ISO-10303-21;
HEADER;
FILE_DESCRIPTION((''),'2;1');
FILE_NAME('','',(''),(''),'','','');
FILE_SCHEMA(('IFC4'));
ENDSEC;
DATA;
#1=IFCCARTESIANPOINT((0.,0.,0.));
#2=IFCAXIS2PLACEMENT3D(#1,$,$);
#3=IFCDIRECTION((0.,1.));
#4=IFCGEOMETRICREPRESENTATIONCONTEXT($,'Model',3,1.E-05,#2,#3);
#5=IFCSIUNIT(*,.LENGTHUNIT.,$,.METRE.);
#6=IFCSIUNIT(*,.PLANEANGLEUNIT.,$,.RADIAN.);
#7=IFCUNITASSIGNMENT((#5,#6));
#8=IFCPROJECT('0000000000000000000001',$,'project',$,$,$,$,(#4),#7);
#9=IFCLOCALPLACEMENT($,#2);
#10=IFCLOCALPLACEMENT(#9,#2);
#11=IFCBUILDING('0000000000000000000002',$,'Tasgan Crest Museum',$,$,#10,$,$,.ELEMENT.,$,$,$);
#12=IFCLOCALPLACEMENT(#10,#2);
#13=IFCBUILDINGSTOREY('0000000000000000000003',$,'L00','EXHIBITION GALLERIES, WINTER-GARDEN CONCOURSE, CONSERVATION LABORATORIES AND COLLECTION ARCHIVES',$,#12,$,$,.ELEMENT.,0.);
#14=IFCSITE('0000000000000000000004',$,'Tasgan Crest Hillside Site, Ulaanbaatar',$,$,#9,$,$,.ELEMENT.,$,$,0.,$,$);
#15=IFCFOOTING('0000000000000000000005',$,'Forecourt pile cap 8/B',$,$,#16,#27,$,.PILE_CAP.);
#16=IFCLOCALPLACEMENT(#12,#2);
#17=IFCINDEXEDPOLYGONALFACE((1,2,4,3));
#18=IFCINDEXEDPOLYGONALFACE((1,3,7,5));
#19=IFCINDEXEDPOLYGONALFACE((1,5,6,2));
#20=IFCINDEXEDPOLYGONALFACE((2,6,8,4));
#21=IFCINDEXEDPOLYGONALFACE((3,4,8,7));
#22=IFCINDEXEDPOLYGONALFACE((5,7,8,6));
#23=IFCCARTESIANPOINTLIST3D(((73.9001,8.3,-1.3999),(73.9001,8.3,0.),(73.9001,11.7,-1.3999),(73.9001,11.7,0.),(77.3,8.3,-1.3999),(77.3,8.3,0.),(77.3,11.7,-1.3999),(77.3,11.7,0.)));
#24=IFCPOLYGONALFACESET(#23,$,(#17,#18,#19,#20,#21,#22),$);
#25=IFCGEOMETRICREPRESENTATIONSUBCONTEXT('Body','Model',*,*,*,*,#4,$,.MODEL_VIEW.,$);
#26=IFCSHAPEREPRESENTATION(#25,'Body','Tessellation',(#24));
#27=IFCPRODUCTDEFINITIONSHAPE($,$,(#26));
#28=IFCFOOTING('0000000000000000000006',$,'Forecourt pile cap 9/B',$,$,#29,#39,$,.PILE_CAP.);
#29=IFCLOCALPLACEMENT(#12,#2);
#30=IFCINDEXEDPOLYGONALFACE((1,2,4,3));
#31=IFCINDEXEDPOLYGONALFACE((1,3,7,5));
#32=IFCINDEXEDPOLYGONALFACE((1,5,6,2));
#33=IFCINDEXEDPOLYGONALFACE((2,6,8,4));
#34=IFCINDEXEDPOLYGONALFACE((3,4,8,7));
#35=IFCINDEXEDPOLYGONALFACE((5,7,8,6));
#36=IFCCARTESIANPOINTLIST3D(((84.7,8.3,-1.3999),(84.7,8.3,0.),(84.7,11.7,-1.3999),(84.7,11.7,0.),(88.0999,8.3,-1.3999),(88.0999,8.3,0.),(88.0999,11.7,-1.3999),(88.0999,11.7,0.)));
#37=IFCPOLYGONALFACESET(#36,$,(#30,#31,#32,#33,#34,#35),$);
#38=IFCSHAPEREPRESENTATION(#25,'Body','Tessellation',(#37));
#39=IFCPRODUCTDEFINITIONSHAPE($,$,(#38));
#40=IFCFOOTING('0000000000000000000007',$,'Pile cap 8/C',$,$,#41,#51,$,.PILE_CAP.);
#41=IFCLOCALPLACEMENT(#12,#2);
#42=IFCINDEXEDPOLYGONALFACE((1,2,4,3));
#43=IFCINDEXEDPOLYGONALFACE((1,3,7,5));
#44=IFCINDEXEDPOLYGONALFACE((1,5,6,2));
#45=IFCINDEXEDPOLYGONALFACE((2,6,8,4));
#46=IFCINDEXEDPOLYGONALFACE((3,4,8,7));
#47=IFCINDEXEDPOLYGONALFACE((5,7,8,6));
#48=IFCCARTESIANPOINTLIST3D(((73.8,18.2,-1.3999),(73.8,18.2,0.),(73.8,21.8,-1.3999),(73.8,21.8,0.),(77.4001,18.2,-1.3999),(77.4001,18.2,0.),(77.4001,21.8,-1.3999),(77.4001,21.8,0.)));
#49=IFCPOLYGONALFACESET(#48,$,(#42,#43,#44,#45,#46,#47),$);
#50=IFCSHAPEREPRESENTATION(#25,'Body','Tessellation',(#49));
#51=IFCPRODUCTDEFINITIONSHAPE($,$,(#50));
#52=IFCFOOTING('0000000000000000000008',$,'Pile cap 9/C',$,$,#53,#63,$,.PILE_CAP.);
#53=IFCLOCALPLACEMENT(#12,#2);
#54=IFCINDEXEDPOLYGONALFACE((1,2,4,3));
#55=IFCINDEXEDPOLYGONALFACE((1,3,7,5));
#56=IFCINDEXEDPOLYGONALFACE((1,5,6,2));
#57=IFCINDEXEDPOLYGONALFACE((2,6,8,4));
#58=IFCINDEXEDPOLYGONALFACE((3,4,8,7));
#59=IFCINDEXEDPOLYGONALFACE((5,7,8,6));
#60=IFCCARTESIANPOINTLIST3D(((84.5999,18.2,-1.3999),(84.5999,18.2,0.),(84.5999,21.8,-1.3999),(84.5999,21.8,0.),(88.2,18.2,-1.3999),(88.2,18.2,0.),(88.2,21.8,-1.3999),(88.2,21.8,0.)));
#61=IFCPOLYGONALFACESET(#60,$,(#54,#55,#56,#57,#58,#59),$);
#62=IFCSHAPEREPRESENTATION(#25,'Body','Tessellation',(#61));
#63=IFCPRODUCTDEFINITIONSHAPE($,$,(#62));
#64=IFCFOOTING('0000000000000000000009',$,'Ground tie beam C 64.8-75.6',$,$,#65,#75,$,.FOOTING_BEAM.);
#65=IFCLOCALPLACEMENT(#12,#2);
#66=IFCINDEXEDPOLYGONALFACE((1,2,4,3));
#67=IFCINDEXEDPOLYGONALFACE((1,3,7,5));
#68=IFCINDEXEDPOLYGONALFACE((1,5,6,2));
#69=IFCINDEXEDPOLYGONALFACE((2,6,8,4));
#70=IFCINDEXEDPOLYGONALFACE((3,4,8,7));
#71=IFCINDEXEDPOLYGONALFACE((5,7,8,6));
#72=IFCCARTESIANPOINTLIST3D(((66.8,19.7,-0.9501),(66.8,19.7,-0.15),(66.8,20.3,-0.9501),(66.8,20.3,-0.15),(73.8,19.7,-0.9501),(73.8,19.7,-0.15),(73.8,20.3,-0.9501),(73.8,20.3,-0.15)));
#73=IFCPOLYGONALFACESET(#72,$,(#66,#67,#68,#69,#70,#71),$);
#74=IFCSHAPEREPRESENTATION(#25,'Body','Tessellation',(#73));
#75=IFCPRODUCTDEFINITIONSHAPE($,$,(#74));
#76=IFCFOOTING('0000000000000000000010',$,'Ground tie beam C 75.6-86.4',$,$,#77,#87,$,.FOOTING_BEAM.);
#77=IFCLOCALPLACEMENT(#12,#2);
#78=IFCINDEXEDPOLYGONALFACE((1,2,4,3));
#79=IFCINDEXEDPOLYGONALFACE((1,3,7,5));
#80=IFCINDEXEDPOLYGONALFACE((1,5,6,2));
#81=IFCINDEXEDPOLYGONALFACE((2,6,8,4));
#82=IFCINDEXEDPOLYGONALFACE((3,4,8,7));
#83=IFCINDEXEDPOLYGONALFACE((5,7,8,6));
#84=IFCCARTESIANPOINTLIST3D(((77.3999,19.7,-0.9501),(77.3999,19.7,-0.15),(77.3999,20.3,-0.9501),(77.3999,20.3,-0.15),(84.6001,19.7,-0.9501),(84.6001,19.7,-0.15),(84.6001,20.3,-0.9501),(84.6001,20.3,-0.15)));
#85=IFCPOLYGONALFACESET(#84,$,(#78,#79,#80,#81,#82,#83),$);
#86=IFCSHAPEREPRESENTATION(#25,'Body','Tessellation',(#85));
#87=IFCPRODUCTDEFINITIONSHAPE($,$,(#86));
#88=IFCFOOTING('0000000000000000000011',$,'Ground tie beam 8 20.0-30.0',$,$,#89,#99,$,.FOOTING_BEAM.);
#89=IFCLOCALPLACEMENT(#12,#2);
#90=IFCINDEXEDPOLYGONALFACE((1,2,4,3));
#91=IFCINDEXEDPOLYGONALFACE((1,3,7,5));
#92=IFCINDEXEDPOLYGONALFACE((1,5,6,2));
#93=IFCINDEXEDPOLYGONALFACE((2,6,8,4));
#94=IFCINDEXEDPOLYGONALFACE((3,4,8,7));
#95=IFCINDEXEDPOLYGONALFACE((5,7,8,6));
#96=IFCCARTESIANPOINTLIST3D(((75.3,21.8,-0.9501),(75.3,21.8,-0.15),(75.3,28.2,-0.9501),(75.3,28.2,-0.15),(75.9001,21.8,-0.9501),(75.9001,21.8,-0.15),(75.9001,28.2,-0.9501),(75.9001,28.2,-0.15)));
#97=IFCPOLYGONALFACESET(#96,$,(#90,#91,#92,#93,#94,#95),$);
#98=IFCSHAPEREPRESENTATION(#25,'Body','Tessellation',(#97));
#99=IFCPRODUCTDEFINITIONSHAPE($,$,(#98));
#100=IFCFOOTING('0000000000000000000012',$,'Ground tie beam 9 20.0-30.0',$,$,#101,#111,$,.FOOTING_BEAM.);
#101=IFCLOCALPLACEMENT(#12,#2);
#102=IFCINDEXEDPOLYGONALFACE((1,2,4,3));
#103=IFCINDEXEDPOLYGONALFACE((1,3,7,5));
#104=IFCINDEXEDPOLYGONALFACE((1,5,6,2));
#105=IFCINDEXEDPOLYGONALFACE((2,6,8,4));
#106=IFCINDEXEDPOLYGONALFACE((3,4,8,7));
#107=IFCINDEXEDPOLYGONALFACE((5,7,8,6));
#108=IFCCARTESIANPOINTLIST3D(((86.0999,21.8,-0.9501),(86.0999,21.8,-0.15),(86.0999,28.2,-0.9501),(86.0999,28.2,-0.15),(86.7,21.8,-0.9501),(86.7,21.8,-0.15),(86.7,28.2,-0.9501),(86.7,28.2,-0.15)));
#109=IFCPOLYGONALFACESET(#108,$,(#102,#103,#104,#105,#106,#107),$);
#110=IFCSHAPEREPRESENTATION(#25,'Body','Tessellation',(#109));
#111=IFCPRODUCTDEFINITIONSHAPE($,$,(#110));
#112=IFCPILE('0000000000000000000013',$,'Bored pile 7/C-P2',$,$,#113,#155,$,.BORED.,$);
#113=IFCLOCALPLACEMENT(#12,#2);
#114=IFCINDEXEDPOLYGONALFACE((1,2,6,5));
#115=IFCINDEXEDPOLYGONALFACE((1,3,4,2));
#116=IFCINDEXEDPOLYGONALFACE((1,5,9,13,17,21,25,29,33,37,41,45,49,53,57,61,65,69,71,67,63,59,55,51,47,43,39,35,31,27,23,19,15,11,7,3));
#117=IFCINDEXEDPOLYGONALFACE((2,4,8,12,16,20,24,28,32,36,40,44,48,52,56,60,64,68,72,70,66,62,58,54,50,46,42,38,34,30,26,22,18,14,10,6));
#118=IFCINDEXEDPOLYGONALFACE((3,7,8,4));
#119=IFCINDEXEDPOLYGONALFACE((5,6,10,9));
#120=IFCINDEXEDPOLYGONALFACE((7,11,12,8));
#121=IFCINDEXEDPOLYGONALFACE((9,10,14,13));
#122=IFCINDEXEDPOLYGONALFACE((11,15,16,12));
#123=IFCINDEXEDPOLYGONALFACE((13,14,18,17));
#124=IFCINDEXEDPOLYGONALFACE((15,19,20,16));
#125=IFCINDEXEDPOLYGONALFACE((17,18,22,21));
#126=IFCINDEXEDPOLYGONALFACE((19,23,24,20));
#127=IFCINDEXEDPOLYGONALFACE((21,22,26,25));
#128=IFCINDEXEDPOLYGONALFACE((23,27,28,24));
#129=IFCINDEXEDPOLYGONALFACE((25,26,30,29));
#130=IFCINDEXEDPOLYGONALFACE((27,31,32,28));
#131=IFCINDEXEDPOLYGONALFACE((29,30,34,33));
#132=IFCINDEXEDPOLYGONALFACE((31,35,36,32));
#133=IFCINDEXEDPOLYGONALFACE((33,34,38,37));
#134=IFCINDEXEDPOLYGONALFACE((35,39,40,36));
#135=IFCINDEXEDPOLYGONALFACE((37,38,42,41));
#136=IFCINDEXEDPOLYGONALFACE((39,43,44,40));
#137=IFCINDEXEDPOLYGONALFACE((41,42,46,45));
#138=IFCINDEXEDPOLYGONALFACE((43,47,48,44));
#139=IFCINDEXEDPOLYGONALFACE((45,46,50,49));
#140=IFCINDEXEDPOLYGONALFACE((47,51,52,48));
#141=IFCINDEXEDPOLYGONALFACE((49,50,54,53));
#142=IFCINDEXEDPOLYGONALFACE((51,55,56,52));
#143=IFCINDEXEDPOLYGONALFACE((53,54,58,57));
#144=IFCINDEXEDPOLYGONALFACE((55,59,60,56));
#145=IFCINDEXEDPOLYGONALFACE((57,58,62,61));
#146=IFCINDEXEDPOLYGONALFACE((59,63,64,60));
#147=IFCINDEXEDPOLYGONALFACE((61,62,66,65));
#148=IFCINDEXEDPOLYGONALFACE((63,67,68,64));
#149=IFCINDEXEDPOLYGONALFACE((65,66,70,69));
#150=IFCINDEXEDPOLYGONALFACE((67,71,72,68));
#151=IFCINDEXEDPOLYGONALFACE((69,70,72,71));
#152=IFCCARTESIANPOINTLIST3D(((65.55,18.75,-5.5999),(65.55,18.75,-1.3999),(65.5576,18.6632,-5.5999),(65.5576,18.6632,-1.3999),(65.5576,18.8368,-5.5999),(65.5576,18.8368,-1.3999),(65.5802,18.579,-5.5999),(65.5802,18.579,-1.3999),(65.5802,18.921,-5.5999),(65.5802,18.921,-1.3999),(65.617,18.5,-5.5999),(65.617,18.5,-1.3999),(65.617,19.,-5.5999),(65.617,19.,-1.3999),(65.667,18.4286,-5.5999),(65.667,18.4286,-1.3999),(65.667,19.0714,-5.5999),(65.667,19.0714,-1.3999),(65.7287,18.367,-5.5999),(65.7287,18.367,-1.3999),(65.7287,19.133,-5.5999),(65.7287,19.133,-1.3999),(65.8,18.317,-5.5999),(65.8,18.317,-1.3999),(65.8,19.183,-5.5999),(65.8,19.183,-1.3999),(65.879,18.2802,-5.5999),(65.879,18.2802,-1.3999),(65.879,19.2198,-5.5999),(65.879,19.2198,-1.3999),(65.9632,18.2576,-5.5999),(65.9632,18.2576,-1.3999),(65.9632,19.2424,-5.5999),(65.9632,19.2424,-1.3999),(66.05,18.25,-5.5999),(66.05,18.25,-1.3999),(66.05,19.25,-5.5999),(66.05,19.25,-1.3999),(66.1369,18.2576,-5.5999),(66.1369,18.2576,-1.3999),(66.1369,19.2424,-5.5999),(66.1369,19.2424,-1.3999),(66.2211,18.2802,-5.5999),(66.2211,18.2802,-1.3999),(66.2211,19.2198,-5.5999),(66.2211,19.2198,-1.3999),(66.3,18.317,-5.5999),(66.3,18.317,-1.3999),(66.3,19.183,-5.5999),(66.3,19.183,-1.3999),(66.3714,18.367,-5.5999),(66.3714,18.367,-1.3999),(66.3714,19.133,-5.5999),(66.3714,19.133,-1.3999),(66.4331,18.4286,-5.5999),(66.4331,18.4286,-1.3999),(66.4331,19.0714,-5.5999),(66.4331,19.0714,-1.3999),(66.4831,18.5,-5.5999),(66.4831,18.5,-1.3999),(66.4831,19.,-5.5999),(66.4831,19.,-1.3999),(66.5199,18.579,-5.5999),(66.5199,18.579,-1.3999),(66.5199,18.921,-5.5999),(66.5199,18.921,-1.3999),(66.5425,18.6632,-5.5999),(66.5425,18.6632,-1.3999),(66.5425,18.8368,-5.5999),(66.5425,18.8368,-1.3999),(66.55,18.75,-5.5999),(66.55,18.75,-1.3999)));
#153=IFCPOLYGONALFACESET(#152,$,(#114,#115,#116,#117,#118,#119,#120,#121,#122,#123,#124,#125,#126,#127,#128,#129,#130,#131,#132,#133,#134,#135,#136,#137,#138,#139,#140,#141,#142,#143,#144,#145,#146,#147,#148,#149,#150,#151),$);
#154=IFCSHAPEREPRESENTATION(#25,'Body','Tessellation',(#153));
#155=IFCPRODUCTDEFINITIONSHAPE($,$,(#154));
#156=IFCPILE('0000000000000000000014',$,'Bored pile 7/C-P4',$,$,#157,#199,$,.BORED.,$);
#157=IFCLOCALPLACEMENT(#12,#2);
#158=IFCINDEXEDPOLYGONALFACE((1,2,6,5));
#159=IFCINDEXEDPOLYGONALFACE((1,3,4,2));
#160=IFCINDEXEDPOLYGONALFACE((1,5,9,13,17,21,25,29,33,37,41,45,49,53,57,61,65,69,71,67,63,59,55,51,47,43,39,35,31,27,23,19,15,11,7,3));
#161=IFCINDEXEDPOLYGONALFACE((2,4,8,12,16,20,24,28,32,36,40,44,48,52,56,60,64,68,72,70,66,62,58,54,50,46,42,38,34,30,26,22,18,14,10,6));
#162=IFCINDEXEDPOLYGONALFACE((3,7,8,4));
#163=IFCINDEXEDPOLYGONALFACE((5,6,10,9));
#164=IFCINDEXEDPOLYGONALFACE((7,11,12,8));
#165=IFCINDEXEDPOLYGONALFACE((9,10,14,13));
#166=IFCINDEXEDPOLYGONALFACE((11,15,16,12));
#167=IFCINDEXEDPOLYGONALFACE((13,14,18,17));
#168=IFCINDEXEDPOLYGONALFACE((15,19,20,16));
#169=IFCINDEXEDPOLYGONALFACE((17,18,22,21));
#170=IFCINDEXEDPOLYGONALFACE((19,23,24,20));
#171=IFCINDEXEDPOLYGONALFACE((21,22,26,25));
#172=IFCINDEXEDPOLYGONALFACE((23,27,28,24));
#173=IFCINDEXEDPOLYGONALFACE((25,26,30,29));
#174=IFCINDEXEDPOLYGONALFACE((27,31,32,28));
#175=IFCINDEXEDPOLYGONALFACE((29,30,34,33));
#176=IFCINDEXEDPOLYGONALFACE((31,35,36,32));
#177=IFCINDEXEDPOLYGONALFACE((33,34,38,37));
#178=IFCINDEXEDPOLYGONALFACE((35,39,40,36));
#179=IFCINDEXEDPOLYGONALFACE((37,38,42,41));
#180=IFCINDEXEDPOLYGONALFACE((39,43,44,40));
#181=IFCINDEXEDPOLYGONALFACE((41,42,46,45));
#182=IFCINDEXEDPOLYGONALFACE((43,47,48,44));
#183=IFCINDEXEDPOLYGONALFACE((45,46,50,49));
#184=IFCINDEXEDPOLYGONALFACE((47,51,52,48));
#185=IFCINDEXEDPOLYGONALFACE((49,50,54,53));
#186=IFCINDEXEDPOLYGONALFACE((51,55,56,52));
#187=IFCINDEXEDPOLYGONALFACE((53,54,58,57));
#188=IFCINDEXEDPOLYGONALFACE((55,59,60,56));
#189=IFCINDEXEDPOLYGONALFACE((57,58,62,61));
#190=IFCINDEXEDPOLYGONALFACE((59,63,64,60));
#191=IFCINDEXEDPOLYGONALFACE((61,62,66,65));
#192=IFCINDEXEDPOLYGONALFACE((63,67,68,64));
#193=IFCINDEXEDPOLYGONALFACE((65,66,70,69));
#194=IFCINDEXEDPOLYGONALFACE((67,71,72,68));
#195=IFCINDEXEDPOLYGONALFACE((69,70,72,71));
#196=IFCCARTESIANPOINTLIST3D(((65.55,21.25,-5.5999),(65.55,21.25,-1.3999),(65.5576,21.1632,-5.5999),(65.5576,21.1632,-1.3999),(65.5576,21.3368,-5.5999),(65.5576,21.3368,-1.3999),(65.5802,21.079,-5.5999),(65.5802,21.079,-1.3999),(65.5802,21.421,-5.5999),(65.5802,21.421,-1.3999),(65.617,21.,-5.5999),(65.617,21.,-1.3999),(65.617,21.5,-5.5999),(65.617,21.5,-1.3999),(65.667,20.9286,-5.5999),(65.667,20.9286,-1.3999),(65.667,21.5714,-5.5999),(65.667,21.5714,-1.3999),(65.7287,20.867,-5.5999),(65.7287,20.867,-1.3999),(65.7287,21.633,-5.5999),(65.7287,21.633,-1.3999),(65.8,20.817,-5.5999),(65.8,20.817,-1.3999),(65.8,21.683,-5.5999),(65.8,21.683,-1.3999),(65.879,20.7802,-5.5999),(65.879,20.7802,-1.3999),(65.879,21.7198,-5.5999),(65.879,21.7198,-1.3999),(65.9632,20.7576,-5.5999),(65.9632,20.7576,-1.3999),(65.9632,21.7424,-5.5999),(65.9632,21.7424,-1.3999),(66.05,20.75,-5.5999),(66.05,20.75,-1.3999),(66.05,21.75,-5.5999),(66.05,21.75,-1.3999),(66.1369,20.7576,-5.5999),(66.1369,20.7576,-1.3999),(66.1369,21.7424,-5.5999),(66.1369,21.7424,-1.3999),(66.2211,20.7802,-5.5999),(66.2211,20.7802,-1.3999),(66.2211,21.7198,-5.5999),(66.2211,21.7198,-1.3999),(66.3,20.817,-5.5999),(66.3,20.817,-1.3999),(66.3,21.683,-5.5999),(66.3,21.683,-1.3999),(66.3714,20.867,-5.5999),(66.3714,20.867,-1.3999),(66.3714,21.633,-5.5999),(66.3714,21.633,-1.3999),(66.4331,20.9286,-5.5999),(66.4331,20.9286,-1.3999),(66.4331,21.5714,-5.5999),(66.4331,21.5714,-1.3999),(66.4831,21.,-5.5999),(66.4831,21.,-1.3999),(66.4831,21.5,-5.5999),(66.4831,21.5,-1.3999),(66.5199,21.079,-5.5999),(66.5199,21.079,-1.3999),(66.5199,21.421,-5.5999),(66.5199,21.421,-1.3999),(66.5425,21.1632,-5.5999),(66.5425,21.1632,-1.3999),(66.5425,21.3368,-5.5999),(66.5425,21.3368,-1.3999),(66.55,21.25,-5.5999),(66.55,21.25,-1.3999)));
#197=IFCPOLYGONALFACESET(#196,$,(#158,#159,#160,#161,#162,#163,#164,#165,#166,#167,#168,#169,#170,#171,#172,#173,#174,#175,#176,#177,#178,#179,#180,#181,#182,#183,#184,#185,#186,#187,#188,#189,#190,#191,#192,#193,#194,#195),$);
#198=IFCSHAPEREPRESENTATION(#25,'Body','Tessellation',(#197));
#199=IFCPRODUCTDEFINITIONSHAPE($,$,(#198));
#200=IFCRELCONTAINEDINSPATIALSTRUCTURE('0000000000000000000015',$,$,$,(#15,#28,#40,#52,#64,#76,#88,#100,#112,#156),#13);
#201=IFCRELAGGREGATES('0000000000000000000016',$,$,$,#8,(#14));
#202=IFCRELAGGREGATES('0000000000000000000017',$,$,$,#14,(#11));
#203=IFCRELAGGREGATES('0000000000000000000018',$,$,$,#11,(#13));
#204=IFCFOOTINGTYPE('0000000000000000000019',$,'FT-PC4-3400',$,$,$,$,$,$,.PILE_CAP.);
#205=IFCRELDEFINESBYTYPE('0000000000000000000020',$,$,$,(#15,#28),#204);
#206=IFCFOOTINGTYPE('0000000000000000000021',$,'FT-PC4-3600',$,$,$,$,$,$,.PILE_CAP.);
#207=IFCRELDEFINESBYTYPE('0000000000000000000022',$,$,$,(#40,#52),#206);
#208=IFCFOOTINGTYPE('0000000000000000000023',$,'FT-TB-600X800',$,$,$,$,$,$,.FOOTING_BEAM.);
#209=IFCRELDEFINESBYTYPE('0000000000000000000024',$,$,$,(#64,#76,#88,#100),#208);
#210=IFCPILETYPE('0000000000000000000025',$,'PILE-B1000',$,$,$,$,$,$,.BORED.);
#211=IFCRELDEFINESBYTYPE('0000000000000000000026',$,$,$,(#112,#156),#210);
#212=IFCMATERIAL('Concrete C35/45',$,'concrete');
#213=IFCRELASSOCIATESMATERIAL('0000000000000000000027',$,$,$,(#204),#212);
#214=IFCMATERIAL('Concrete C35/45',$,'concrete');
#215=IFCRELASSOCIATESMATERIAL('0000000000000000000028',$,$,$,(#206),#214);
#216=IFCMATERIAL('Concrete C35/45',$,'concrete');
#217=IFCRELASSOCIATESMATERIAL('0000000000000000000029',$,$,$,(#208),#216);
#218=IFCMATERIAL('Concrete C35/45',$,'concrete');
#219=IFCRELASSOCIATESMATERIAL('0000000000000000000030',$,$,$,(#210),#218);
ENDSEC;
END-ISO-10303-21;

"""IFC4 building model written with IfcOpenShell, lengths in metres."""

from ifc_helpers import new_model, si_unit, direction, frame, origin, origin_2d, place, context, subcontext, project, spatial, rectangle, circle, extrude, material, material_profile, profile_set, type_object, element, save


model = new_model("IFC4")

# Units and contexts
model_context = context("Model", 3, precision=1e-05, world=origin(), true_north=direction((0.0, 1.0)))
body_context = subcontext(model_context, "Body", "Model", "MODEL_VIEW")
ifc_project = project(units=[si_unit("LENGTHUNIT", "METRE"), si_unit("PLANEANGLEUNIT", "RADIAN")], contexts=[model_context])

# Site, building, storey
site_placement = place(None, origin())
site = spatial("IfcSite", under=ifc_project, at=site_placement, Name="Tasgan Crest Hillside Site, Ulaanbaatar", CompositionType="ELEMENT", RefElevation=0.0)
building_placement = place(site_placement, origin())
building = spatial("IfcBuilding", under=site, at=building_placement, Name="Tasgan Crest Museum", CompositionType="ELEMENT")
storey_placement = place(building_placement, origin())
storey = spatial("IfcBuildingStorey", under=building, at=storey_placement, Name="L00", Description="EXHIBITION GALLERIES, WINTER-GARDEN CONCOURSE, CONSERVATION LABORATORIES AND COLLECTION ARCHIVES", CompositionType="ELEMENT", Elevation=0.0)

# Footings
ifc_material_1 = material(Name="Concrete C35/45", Category="concrete")
footing_type_1 = type_object("IfcFootingType", Name="FT-PC4-3400", PredefinedType="PILE_CAP", material=ifc_material_1)
for number, where, z_axis, x_axis, name in (
    (1, (75.6001, 10.0, -1.3999), (0.0, 0.0, 1.0), (1.0, 0.0, 0.0), "Forecourt pile cap 8/B"),
    (2, (86.3999, 10.0, -1.3999), (0.0, 0.0, 1.0), (1.0, 0.0, 0.0), "Forecourt pile cap 9/B"),
):
    element("IfcFooting", number, at=place(storey_placement, frame(where, z_axis=z_axis, x_axis=x_axis)), inside=storey, type_object=footing_type_1, Name=name, PredefinedType="PILE_CAP", context=body_context, shape_type="SweptSolid", body=[
        extrude(rectangle(XDim=3.3999, YDim=3.3999, at=origin_2d()), origin(), (0.0, 0.0, 1.0), 1.3999),
    ])
ifc_material_2 = material(Name="Concrete C35/45", Category="concrete")
footing_type_2 = type_object("IfcFootingType", Name="FT-PC4-3600", PredefinedType="PILE_CAP", material=ifc_material_2)
for number, where, z_axis, x_axis, name in (
    (3, (75.6001, 20.0, -1.3999), (0.0, 0.0, 1.0), (1.0, 0.0, 0.0), "Pile cap 8/C"),
    (4, (86.3999, 20.0, -1.3999), (0.0, 0.0, 1.0), (1.0, 0.0, 0.0), "Pile cap 9/C"),
):
    element("IfcFooting", number, at=place(storey_placement, frame(where, z_axis=z_axis, x_axis=x_axis)), inside=storey, type_object=footing_type_2, Name=name, PredefinedType="PILE_CAP", context=body_context, shape_type="SweptSolid", body=[
        extrude(rectangle(XDim=3.6001, YDim=3.6001, at=origin_2d()), origin(), (0.0, 0.0, 1.0), 1.3999),
    ])
ifc_material_3 = material(Name="Concrete C35/45", Category="concrete")
ifc_material_profile_1 = material_profile(ifc_material_3, rectangle(XDim=0.6001, YDim=0.8, at=origin_2d()), Name="TB 600x800")
ifc_profile_set_1 = profile_set([ifc_material_profile_1], Name="Concrete C35/45")
footing_type_3 = type_object("IfcFootingType", Name="FT-TB-600X800", PredefinedType="FOOTING_BEAM", material=ifc_profile_set_1)
footing_1_placement = place(storey_placement, frame((66.8, 20.0, -0.55), z_axis=(1.0, 0.0, 0.0), x_axis=(0.0, 1.0, 0.0)))
element("IfcFooting", 5, at=footing_1_placement, inside=storey, type_object=footing_type_3, Name="Ground tie beam C 64.8-75.6", PredefinedType="FOOTING_BEAM", context=body_context, shape_type="SweptSolid", body=[
    extrude(rectangle(XDim=0.6001, YDim=0.8, at=origin_2d()), origin(), (0.0, 0.0, 1.0), 7.0),
])
footing_2_placement = place(storey_placement, frame((77.3999, 20.0, -0.55), z_axis=(1.0, 0.0, 0.0), x_axis=(0.0, 1.0, 0.0)))
element("IfcFooting", 6, at=footing_2_placement, inside=storey, type_object=footing_type_3, Name="Ground tie beam C 75.6-86.4", PredefinedType="FOOTING_BEAM", context=body_context, shape_type="SweptSolid", body=[
    extrude(rectangle(XDim=0.6001, YDim=0.8, at=origin_2d()), origin(), (0.0, 0.0, 1.0), 7.2002),
])
for number, where, z_axis, x_axis, name in (
    (7, (75.6001, 21.8, -0.55), (0.0, 1.0, 0.0), (-1.0, 0.0, 0.0), "Ground tie beam 8 20.0-30.0"),
    (8, (86.3999, 21.8, -0.55), (0.0, 1.0, 0.0), (-1.0, 0.0, 0.0), "Ground tie beam 9 20.0-30.0"),
):
    element("IfcFooting", number, at=place(storey_placement, frame(where, z_axis=z_axis, x_axis=x_axis)), inside=storey, type_object=footing_type_3, Name=name, PredefinedType="FOOTING_BEAM", context=body_context, shape_type="SweptSolid", body=[
        extrude(rectangle(XDim=0.6001, YDim=0.8, at=origin_2d()), origin(), (0.0, 0.0, 1.0), 6.3999),
    ])

# Piles
ifc_material_4 = material(Name="Concrete C35/45", Category="concrete")
ifc_material_profile_2 = material_profile(ifc_material_4, circle(Radius=0.5, at=origin_2d()), Name="PILE D1000")
ifc_profile_set_2 = profile_set([ifc_material_profile_2], Name="Concrete C35/45")
pile_type_1 = type_object("IfcPileType", Name="PILE-B1000", PredefinedType="BORED", material=ifc_profile_set_2)
for number, where, z_axis, x_axis, name in (
    (9, (66.05, 18.75, -1.3999), (0.0, 0.0, -1.0), (1.0, 0.0, 0.0), "Bored pile 7/C-P2"),
    (10, (66.05, 21.25, -1.3999), (0.0, 0.0, -1.0), (1.0, 0.0, 0.0), "Bored pile 7/C-P4"),
):
    element("IfcPile", number, at=place(storey_placement, frame(where, z_axis=z_axis, x_axis=x_axis)), inside=storey, type_object=pile_type_1, Name=name, PredefinedType="BORED", context=body_context, shape_type="SweptSolid", body=[
        extrude(circle(Radius=0.5, at=origin_2d()), origin(), (0.0, 0.0, 1.0), 4.2),
    ])

save(model, "model.ifc")
